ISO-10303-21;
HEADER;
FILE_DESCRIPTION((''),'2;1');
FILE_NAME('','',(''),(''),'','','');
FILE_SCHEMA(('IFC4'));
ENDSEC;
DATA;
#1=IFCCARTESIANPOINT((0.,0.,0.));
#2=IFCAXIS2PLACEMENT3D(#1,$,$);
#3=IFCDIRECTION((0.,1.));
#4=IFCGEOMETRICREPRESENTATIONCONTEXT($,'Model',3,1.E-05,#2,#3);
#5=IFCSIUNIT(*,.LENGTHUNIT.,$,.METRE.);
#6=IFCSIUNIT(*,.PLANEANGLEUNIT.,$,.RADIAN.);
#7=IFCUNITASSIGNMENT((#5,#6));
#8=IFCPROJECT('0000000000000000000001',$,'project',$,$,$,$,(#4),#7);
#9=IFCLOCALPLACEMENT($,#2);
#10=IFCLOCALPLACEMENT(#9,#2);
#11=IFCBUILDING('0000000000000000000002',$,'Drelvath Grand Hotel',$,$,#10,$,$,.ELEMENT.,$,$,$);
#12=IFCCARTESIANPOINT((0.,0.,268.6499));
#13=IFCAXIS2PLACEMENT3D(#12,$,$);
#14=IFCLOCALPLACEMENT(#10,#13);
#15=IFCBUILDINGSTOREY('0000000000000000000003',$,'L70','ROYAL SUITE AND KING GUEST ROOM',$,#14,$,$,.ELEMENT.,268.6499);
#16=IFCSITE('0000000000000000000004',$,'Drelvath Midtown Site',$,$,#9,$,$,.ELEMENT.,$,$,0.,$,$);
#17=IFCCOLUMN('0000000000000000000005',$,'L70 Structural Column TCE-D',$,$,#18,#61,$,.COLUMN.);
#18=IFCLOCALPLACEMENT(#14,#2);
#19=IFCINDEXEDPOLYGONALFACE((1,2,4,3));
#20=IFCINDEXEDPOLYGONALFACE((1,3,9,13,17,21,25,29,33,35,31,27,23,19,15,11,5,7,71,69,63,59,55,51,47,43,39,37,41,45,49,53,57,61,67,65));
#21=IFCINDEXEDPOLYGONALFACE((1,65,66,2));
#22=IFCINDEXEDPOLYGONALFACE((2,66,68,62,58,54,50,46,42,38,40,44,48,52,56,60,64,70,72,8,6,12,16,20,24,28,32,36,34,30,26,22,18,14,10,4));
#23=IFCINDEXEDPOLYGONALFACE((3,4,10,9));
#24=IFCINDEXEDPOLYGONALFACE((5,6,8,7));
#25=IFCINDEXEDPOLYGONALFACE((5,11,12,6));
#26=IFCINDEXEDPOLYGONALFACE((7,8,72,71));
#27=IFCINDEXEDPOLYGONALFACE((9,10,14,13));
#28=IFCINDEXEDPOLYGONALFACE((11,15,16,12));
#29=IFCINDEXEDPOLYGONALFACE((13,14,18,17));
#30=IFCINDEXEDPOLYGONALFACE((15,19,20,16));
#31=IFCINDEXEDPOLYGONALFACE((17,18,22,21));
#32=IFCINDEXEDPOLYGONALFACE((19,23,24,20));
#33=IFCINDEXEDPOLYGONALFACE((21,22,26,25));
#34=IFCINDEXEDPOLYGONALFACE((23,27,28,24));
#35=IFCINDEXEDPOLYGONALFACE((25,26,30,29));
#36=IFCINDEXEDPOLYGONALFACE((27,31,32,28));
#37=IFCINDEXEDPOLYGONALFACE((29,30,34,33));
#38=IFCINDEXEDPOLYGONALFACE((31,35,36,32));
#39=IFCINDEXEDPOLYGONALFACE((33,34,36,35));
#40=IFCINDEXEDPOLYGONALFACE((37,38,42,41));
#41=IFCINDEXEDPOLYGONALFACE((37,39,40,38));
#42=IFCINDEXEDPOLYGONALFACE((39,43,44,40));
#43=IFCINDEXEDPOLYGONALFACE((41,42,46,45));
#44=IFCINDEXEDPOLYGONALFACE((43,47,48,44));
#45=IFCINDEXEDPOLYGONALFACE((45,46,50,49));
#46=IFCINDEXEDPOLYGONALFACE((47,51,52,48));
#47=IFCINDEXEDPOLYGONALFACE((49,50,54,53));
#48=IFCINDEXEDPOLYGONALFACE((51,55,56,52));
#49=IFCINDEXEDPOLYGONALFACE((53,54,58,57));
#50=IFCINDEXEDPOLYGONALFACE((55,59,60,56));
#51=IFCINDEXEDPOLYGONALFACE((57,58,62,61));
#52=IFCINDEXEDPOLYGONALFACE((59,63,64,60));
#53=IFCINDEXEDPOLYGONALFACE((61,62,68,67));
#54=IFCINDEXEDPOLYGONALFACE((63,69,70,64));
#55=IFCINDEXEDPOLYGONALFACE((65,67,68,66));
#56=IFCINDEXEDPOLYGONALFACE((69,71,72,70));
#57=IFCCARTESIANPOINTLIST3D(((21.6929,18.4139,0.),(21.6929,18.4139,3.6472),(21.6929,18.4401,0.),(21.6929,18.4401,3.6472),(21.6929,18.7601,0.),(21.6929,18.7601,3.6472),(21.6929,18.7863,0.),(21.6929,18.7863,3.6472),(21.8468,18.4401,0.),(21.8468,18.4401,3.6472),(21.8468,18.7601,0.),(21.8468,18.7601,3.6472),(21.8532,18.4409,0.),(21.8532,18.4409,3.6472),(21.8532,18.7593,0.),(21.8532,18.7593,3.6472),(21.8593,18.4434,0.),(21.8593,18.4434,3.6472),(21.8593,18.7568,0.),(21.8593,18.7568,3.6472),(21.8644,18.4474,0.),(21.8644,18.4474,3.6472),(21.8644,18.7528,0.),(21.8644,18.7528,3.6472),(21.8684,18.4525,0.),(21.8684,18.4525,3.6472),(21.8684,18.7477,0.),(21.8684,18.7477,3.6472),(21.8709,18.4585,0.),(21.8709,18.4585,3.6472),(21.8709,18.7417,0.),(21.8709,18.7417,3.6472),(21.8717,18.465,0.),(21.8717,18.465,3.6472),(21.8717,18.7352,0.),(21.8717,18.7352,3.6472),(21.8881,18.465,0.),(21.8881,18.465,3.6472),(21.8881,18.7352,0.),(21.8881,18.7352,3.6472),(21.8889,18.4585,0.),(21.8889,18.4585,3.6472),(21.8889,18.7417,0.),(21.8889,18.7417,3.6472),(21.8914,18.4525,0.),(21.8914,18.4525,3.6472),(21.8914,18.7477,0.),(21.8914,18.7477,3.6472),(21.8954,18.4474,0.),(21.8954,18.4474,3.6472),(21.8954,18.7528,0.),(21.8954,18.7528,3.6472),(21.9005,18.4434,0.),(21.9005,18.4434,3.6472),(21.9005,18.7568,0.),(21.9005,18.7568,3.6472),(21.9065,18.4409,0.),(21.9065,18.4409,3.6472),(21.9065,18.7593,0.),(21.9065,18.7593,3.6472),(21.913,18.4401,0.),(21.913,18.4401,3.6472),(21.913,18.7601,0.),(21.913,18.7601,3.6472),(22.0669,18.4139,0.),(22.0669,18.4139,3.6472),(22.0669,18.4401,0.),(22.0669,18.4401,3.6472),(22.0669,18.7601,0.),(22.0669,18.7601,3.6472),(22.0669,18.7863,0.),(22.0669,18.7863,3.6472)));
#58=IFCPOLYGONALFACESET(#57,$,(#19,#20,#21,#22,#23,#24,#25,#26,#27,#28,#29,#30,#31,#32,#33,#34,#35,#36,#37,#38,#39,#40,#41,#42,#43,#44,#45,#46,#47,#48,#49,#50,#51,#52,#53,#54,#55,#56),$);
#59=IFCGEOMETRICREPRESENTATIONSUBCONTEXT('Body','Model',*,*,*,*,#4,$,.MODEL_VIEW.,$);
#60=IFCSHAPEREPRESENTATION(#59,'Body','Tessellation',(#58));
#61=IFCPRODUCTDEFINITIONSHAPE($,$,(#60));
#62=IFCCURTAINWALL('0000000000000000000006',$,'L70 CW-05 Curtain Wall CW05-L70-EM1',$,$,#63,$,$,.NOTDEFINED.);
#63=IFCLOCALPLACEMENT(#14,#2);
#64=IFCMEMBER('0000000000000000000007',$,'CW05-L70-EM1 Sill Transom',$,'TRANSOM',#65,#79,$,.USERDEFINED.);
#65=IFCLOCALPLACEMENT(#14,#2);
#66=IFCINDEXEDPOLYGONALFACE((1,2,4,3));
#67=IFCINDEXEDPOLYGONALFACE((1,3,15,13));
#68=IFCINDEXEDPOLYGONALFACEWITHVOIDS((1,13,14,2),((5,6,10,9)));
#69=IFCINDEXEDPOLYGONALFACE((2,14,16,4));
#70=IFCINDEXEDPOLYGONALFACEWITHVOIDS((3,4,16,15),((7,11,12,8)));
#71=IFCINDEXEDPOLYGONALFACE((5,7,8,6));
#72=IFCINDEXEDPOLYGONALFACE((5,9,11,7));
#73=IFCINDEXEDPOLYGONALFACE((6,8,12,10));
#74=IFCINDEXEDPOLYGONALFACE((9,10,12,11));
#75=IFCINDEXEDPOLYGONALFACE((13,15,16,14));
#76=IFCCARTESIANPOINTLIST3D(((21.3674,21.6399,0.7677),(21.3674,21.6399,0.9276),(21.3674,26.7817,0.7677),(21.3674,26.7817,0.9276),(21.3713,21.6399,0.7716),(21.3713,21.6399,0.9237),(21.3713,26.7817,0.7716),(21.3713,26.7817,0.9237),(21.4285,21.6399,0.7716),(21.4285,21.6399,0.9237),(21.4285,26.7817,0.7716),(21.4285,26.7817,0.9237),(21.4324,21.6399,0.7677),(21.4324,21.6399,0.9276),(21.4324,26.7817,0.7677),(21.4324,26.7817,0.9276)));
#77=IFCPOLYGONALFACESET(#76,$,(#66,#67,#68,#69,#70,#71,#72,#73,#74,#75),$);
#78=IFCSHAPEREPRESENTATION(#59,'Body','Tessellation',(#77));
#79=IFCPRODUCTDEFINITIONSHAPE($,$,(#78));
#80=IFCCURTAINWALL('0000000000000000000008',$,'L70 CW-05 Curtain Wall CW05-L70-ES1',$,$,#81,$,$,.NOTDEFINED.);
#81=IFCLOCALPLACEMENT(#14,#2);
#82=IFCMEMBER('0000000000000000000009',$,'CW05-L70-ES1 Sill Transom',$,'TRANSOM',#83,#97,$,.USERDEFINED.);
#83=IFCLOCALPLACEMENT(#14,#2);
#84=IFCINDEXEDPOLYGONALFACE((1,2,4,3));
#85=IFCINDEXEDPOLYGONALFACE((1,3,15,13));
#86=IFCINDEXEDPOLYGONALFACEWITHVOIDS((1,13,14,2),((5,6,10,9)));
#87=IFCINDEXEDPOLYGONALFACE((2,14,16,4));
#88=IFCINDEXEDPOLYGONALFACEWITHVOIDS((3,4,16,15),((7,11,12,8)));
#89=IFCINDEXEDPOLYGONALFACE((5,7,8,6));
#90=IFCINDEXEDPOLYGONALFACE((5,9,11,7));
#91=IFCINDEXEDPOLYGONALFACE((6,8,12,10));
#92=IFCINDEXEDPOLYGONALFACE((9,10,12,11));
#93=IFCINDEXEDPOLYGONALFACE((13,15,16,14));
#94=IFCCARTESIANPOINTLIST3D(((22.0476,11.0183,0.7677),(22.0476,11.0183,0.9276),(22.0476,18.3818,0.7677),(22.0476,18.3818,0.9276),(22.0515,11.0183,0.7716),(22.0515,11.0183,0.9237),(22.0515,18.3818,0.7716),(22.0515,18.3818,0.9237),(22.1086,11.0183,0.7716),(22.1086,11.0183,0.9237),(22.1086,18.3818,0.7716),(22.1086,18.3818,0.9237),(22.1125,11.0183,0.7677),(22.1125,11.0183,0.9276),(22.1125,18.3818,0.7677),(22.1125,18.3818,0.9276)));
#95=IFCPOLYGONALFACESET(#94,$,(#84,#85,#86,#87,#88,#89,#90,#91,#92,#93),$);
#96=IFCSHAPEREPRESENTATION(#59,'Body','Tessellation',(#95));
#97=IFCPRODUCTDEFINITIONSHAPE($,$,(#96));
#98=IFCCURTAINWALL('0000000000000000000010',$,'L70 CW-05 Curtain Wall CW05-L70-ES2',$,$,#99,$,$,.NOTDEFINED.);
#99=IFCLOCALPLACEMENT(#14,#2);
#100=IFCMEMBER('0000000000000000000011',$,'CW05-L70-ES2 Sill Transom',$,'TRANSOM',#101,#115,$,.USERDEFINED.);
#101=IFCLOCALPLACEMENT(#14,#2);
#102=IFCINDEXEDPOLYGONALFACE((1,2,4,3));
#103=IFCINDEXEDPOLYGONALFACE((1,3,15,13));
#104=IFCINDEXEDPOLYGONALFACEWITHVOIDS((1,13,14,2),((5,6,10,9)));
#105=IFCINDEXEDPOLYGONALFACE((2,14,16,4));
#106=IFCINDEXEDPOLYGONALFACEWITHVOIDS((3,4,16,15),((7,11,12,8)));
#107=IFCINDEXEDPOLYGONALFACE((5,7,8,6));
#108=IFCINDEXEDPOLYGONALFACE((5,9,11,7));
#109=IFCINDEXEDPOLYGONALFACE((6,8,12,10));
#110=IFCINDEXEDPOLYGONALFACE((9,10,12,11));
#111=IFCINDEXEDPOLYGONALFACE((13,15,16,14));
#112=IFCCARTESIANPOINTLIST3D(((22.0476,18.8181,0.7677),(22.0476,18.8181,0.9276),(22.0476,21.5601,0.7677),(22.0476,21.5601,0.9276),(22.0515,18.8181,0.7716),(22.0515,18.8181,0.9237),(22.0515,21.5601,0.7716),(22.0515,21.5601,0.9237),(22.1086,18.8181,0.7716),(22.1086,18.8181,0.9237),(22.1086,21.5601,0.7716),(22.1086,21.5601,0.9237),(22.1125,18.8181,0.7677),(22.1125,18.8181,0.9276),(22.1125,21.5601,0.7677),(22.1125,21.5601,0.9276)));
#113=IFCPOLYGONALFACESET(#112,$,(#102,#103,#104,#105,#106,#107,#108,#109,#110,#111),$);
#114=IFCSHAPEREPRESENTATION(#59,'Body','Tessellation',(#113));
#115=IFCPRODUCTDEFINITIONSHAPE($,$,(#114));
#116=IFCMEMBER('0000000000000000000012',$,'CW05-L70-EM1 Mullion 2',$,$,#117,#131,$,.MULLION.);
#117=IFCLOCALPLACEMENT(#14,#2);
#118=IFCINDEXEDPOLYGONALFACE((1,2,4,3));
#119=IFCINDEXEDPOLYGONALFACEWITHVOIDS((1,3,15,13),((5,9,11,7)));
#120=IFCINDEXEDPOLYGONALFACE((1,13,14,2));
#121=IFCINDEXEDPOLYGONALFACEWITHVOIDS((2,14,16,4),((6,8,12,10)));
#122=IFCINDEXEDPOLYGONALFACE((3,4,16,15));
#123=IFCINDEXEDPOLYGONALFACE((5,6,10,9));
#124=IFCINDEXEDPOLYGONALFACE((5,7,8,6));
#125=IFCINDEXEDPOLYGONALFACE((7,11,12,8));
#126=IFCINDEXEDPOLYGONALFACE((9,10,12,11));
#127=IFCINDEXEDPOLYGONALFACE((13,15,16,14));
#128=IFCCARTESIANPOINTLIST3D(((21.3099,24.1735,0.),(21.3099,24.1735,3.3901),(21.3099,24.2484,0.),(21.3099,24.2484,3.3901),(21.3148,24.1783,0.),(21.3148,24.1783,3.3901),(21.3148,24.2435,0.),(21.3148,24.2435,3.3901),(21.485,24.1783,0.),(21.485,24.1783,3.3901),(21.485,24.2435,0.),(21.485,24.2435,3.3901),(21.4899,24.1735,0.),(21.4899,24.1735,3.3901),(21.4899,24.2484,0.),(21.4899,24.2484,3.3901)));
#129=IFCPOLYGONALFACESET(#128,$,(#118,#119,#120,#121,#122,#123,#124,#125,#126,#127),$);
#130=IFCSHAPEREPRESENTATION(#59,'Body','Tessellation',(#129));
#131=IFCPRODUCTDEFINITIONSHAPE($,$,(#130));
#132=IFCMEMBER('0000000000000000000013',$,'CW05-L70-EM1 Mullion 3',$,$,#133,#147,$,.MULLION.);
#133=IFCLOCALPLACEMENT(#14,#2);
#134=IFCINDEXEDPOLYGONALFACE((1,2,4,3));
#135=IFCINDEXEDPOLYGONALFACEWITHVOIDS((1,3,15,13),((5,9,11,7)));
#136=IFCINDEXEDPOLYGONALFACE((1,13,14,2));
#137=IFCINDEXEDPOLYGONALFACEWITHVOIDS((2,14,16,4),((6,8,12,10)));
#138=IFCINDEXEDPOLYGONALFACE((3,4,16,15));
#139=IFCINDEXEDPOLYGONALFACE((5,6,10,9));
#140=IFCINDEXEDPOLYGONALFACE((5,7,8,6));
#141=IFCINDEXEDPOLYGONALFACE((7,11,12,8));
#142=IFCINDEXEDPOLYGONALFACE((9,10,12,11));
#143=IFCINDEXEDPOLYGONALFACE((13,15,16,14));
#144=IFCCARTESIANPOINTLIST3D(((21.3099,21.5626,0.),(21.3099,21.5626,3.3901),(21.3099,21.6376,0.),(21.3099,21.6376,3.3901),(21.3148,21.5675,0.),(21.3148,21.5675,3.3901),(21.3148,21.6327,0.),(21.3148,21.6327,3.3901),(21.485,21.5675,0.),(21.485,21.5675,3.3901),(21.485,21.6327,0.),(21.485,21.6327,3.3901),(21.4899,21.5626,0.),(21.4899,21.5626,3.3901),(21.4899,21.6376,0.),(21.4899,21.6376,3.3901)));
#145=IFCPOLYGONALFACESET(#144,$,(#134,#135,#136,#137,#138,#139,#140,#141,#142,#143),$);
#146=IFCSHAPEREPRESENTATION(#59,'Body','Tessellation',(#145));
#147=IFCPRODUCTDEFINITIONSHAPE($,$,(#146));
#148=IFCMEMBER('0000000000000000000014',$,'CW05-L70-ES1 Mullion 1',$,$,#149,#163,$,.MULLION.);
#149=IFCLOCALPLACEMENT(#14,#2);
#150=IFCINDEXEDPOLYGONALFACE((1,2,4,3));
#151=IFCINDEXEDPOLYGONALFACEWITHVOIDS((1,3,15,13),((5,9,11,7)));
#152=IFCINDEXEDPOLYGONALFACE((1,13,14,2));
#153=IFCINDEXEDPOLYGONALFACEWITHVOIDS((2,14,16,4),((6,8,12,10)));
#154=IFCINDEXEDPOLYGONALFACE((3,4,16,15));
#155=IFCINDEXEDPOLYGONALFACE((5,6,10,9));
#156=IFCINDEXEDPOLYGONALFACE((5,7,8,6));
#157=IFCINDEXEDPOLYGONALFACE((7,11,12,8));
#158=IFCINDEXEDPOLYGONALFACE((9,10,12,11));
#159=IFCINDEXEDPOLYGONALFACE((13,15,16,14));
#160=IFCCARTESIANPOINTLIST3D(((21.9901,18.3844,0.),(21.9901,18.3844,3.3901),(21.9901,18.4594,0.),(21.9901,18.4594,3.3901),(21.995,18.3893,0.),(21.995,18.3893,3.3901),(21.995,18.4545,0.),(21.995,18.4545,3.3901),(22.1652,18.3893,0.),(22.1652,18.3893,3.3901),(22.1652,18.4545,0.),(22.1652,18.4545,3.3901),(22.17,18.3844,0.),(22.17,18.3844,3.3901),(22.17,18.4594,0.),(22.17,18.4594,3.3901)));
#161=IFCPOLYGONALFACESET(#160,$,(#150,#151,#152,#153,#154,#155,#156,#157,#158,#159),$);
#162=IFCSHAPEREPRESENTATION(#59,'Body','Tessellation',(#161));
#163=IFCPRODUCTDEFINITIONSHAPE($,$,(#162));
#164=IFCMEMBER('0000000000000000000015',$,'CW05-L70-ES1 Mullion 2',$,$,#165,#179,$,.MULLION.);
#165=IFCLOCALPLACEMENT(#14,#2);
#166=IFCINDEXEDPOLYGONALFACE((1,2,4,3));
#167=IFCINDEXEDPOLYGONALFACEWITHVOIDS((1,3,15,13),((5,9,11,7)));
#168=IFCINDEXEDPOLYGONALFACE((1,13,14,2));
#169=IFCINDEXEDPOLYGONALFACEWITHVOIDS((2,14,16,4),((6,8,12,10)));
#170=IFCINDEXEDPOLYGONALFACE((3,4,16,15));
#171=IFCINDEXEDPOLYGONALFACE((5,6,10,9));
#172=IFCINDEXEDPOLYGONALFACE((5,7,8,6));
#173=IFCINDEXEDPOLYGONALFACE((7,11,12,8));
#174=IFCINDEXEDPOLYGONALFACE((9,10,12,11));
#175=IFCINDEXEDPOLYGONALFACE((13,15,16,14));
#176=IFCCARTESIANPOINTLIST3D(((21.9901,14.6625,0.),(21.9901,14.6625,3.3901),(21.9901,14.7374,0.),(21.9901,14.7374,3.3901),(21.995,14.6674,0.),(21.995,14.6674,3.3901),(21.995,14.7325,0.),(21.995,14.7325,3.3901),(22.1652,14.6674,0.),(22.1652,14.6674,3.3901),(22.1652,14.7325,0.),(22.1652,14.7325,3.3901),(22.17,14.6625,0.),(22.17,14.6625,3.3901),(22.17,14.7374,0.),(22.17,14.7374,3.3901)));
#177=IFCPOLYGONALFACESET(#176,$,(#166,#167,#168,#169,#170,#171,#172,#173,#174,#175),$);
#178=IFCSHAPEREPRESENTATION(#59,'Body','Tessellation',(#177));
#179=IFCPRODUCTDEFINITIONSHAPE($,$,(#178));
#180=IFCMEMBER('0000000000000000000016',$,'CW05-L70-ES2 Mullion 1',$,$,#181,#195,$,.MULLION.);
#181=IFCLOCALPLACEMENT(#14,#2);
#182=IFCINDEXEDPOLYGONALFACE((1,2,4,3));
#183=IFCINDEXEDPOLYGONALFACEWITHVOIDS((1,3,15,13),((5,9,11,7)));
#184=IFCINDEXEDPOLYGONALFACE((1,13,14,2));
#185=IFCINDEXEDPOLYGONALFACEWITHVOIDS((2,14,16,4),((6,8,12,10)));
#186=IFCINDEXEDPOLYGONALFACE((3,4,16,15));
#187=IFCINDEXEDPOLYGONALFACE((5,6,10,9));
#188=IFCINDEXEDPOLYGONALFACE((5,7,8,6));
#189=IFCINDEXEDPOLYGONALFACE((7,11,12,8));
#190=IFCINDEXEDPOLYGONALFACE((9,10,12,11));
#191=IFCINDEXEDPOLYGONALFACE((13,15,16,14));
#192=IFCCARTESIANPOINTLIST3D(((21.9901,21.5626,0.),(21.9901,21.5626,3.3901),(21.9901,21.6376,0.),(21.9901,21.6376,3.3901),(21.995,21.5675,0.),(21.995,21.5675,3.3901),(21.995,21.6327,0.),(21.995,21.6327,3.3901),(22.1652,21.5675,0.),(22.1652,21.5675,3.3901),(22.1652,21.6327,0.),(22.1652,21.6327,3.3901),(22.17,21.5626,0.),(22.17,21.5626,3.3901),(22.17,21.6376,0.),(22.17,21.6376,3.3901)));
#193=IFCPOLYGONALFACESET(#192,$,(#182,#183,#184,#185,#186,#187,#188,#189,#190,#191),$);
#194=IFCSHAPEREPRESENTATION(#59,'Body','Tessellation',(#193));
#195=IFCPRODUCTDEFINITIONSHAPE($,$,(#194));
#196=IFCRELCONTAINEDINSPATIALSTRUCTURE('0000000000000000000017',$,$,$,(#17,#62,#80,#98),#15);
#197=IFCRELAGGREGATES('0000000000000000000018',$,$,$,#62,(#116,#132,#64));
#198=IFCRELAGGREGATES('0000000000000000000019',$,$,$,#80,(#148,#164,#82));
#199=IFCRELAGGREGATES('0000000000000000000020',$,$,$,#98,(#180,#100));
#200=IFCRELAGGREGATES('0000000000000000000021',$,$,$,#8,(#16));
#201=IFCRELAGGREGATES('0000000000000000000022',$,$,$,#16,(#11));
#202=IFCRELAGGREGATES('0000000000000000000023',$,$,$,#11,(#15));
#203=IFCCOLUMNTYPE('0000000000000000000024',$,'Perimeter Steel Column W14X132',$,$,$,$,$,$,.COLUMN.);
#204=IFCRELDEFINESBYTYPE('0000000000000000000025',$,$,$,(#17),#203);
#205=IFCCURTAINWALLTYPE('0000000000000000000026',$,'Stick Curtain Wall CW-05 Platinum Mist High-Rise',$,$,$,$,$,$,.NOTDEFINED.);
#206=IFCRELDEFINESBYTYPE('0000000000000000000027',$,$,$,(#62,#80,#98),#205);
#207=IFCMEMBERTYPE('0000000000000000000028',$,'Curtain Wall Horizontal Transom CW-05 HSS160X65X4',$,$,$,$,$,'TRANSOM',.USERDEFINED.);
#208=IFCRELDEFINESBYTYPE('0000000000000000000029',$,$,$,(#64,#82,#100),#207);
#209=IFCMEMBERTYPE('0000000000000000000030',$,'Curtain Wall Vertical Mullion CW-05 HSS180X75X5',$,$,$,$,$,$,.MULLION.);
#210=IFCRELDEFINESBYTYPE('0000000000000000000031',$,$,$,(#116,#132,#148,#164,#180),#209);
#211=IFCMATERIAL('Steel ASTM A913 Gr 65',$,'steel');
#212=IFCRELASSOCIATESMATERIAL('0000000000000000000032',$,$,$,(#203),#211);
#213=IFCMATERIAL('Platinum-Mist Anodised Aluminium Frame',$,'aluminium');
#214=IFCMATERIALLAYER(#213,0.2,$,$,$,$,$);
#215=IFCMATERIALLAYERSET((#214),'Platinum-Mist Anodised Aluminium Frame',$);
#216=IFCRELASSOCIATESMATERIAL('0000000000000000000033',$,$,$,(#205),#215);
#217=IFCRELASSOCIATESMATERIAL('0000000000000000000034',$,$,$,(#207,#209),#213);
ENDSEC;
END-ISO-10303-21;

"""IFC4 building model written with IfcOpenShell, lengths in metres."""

from ifc_helpers import new_model, si_unit, direction, frame, origin, origin_2d, place, context, subcontext, project, spatial, hollow_rectangle, i_section, extrude, material, layer, layer_set, material_profile, profile_set, type_object, element, aggregate, save


model = new_model("IFC4")

# Units and contexts
model_context = context("Model", 3, precision=1e-05, world=origin(), true_north=direction((0.0, 1.0)))
body_context = subcontext(model_context, "Body", "Model", "MODEL_VIEW")
ifc_project = project(units=[si_unit("LENGTHUNIT", "METRE"), si_unit("PLANEANGLEUNIT", "RADIAN")], contexts=[model_context])

# Site, building, storey
site_placement = place(None, origin())
site = spatial("IfcSite", under=ifc_project, at=site_placement, Name="Drelvath Midtown Site", CompositionType="ELEMENT", RefElevation=0.0)
building_placement = place(site_placement, origin())
building = spatial("IfcBuilding", under=site, at=building_placement, Name="Drelvath Grand Hotel", CompositionType="ELEMENT")
storey_placement = place(building_placement, frame((0.0, 0.0, 268.6499)))
storey = spatial("IfcBuildingStorey", under=building, at=storey_placement, Name="L70", Description="ROYAL SUITE AND KING GUEST ROOM", CompositionType="ELEMENT", Elevation=268.6499)

# Column
ifc_material_1 = material(Name="Steel ASTM A913 Gr 65", Category="steel")
ifc_material_profile_1 = material_profile(ifc_material_1, i_section(OverallWidth=0.374, OverallDepth=0.3723, WebThickness=0.0164, FlangeThickness=0.0261, FilletRadius=0.0249, at=origin_2d()), Name="W14X132")
ifc_profile_set_1 = profile_set([ifc_material_profile_1], Name="Steel ASTM A913 Gr 65")
column_type = type_object("IfcColumnType", Name="Perimeter Steel Column W14X132", PredefinedType="COLUMN", material=ifc_profile_set_1)
column_placement = place(storey_placement, frame((21.8799, 18.6001, 0.0), z_axis=(0.0, 0.0, 1.0), x_axis=(1.0, 0.0, 0.0)))
element("IfcColumn", 1, at=column_placement, inside=storey, type_object=column_type, Name="L70 Structural Column TCE-D", PredefinedType="COLUMN", context=body_context, shape_type="SweptSolid", body=[
    extrude(i_section(OverallWidth=0.374, OverallDepth=0.3723, WebThickness=0.0164, FlangeThickness=0.0261, FilletRadius=0.0249, at=origin_2d()), origin(), (0.0, 0.0, 1.0), 3.6472),
])

# Curtain walls, members
ifc_material_2 = material(Name="Platinum-Mist Anodised Aluminium Frame", Category="aluminium")
ifc_layer_1 = layer(ifc_material_2, 0.2)
ifc_layer_set_1 = layer_set([ifc_layer_1], Name="Platinum-Mist Anodised Aluminium Frame")
curtain_wall_type = type_object("IfcCurtainWallType", Name="Stick Curtain Wall CW-05 Platinum Mist High-Rise", PredefinedType="NOTDEFINED", material=ifc_layer_set_1)
curtain_wall_1_placement = place(storey_placement, origin())
curtain_wall_1 = element("IfcCurtainWall", 2, at=curtain_wall_1_placement, inside=storey, type_object=curtain_wall_type, Name="L70 CW-05 Curtain Wall CW05-L70-EM1", PredefinedType="NOTDEFINED")
ifc_material_profile_2 = material_profile(ifc_material_2, hollow_rectangle(XDim=0.0649, YDim=0.1599, WallThickness=0.0039, at=origin_2d()), Name="HSS160X65X4")
ifc_profile_set_2 = profile_set([ifc_material_profile_2], Name="Platinum-Mist Anodised Aluminium Frame")
member_type_1 = type_object("IfcMemberType", Name="Curtain Wall Horizontal Transom CW-05 HSS160X65X4", ElementType="TRANSOM", PredefinedType="USERDEFINED", material=ifc_profile_set_2)
member_1_placement = place(storey_placement, frame((21.3999, 26.7817, 0.8477), z_axis=(0.0, -1.0, 0.0), x_axis=(1.0, 0.0, 0.0)))
member_1 = element("IfcMember", 3, at=member_1_placement, type_object=member_type_1, Name="CW05-L70-EM1 Sill Transom", ObjectType="TRANSOM", PredefinedType="USERDEFINED", context=body_context, shape_type="SweptSolid", body=[
    extrude(hollow_rectangle(XDim=0.0649, YDim=0.1599, WallThickness=0.0039, at=origin_2d()), origin(), (0.0, 0.0, 1.0), 5.1418),
])
curtain_wall_2_placement = place(storey_placement, origin())
curtain_wall_2 = element("IfcCurtainWall", 4, at=curtain_wall_2_placement, inside=storey, type_object=curtain_wall_type, Name="L70 CW-05 Curtain Wall CW05-L70-ES1", PredefinedType="NOTDEFINED")
member_2_placement = place(storey_placement, frame((22.0801, 18.3818, 0.8477), z_axis=(0.0, -1.0, 0.0), x_axis=(1.0, 0.0, 0.0)))
member_2 = element("IfcMember", 5, at=member_2_placement, type_object=member_type_1, Name="CW05-L70-ES1 Sill Transom", ObjectType="TRANSOM", PredefinedType="USERDEFINED", context=body_context, shape_type="SweptSolid", body=[
    extrude(hollow_rectangle(XDim=0.0649, YDim=0.1599, WallThickness=0.0039, at=origin_2d()), origin(), (0.0, 0.0, 1.0), 7.3635),
])
curtain_wall_3_placement = place(storey_placement, origin())
curtain_wall_3 = element("IfcCurtainWall", 6, at=curtain_wall_3_placement, inside=storey, type_object=curtain_wall_type, Name="L70 CW-05 Curtain Wall CW05-L70-ES2", PredefinedType="NOTDEFINED")
member_3_placement = place(storey_placement, frame((22.0801, 21.5601, 0.8477), z_axis=(0.0, -1.0, 0.0), x_axis=(1.0, 0.0, 0.0)))
member_3 = element("IfcMember", 7, at=member_3_placement, type_object=member_type_1, Name="CW05-L70-ES2 Sill Transom", ObjectType="TRANSOM", PredefinedType="USERDEFINED", context=body_context, shape_type="SweptSolid", body=[
    extrude(hollow_rectangle(XDim=0.0649, YDim=0.1599, WallThickness=0.0039, at=origin_2d()), origin(), (0.0, 0.0, 1.0), 2.7419),
])

# Members
ifc_material_profile_3 = material_profile(ifc_material_2, hollow_rectangle(XDim=0.075, YDim=0.1799, WallThickness=0.0049, at=origin_2d()), Name="HSS180X75X5")
ifc_profile_set_3 = profile_set([ifc_material_profile_3], Name="Platinum-Mist Anodised Aluminium Frame")
member_type_2 = type_object("IfcMemberType", Name="Curtain Wall Vertical Mullion CW-05 HSS180X75X5", PredefinedType="MULLION", material=ifc_profile_set_3)
member_4_placement = place(storey_placement, frame((21.3999, 24.2109, 0.0), z_axis=(0.0, 0.0, 1.0), x_axis=(0.0, 1.0, 0.0)))
member_4 = element("IfcMember", 8, at=member_4_placement, type_object=member_type_2, Name="CW05-L70-EM1 Mullion 2", PredefinedType="MULLION", context=body_context, shape_type="SweptSolid", body=[
    extrude(hollow_rectangle(XDim=0.075, YDim=0.1799, WallThickness=0.0049, at=origin_2d()), origin(), (0.0, 0.0, 1.0), 3.3901),
])
member_5_placement = place(storey_placement, frame((21.3999, 21.6001, 0.0), z_axis=(0.0, 0.0, 1.0), x_axis=(0.0, 1.0, 0.0)))
member_5 = element("IfcMember", 9, at=member_5_placement, type_object=member_type_2, Name="CW05-L70-EM1 Mullion 3", PredefinedType="MULLION", context=body_context, shape_type="SweptSolid", body=[
    extrude(hollow_rectangle(XDim=0.075, YDim=0.1799, WallThickness=0.0049, at=origin_2d()), origin(), (0.0, 0.0, 1.0), 3.3901),
])
member_6_placement = place(storey_placement, frame((22.0801, 18.4219, 0.0), z_axis=(0.0, 0.0, 1.0), x_axis=(0.0, 1.0, 0.0)))
member_6 = element("IfcMember", 10, at=member_6_placement, type_object=member_type_2, Name="CW05-L70-ES1 Mullion 1", PredefinedType="MULLION", context=body_context, shape_type="SweptSolid", body=[
    extrude(hollow_rectangle(XDim=0.075, YDim=0.1799, WallThickness=0.0049, at=origin_2d()), origin(), (0.0, 0.0, 1.0), 3.3901),
])
member_7_placement = place(storey_placement, frame((22.0801, 14.7, 0.0), z_axis=(0.0, 0.0, 1.0), x_axis=(0.0, 1.0, 0.0)))
member_7 = element("IfcMember", 11, at=member_7_placement, type_object=member_type_2, Name="CW05-L70-ES1 Mullion 2", PredefinedType="MULLION", context=body_context, shape_type="SweptSolid", body=[
    extrude(hollow_rectangle(XDim=0.075, YDim=0.1799, WallThickness=0.0049, at=origin_2d()), origin(), (0.0, 0.0, 1.0), 3.3901),
])
member_8_placement = place(storey_placement, frame((22.0801, 21.6001, 0.0), z_axis=(0.0, 0.0, 1.0), x_axis=(0.0, 1.0, 0.0)))
member_8 = element("IfcMember", 12, at=member_8_placement, type_object=member_type_2, Name="CW05-L70-ES2 Mullion 1", PredefinedType="MULLION", context=body_context, shape_type="SweptSolid", body=[
    extrude(hollow_rectangle(XDim=0.075, YDim=0.1799, WallThickness=0.0049, at=origin_2d()), origin(), (0.0, 0.0, 1.0), 3.3901),
])

aggregate(curtain_wall_1, [member_4, member_5, member_1])
aggregate(curtain_wall_2, [member_6, member_7, member_2])
aggregate(curtain_wall_3, [member_8, member_3])

save(model, "model.ifc")
